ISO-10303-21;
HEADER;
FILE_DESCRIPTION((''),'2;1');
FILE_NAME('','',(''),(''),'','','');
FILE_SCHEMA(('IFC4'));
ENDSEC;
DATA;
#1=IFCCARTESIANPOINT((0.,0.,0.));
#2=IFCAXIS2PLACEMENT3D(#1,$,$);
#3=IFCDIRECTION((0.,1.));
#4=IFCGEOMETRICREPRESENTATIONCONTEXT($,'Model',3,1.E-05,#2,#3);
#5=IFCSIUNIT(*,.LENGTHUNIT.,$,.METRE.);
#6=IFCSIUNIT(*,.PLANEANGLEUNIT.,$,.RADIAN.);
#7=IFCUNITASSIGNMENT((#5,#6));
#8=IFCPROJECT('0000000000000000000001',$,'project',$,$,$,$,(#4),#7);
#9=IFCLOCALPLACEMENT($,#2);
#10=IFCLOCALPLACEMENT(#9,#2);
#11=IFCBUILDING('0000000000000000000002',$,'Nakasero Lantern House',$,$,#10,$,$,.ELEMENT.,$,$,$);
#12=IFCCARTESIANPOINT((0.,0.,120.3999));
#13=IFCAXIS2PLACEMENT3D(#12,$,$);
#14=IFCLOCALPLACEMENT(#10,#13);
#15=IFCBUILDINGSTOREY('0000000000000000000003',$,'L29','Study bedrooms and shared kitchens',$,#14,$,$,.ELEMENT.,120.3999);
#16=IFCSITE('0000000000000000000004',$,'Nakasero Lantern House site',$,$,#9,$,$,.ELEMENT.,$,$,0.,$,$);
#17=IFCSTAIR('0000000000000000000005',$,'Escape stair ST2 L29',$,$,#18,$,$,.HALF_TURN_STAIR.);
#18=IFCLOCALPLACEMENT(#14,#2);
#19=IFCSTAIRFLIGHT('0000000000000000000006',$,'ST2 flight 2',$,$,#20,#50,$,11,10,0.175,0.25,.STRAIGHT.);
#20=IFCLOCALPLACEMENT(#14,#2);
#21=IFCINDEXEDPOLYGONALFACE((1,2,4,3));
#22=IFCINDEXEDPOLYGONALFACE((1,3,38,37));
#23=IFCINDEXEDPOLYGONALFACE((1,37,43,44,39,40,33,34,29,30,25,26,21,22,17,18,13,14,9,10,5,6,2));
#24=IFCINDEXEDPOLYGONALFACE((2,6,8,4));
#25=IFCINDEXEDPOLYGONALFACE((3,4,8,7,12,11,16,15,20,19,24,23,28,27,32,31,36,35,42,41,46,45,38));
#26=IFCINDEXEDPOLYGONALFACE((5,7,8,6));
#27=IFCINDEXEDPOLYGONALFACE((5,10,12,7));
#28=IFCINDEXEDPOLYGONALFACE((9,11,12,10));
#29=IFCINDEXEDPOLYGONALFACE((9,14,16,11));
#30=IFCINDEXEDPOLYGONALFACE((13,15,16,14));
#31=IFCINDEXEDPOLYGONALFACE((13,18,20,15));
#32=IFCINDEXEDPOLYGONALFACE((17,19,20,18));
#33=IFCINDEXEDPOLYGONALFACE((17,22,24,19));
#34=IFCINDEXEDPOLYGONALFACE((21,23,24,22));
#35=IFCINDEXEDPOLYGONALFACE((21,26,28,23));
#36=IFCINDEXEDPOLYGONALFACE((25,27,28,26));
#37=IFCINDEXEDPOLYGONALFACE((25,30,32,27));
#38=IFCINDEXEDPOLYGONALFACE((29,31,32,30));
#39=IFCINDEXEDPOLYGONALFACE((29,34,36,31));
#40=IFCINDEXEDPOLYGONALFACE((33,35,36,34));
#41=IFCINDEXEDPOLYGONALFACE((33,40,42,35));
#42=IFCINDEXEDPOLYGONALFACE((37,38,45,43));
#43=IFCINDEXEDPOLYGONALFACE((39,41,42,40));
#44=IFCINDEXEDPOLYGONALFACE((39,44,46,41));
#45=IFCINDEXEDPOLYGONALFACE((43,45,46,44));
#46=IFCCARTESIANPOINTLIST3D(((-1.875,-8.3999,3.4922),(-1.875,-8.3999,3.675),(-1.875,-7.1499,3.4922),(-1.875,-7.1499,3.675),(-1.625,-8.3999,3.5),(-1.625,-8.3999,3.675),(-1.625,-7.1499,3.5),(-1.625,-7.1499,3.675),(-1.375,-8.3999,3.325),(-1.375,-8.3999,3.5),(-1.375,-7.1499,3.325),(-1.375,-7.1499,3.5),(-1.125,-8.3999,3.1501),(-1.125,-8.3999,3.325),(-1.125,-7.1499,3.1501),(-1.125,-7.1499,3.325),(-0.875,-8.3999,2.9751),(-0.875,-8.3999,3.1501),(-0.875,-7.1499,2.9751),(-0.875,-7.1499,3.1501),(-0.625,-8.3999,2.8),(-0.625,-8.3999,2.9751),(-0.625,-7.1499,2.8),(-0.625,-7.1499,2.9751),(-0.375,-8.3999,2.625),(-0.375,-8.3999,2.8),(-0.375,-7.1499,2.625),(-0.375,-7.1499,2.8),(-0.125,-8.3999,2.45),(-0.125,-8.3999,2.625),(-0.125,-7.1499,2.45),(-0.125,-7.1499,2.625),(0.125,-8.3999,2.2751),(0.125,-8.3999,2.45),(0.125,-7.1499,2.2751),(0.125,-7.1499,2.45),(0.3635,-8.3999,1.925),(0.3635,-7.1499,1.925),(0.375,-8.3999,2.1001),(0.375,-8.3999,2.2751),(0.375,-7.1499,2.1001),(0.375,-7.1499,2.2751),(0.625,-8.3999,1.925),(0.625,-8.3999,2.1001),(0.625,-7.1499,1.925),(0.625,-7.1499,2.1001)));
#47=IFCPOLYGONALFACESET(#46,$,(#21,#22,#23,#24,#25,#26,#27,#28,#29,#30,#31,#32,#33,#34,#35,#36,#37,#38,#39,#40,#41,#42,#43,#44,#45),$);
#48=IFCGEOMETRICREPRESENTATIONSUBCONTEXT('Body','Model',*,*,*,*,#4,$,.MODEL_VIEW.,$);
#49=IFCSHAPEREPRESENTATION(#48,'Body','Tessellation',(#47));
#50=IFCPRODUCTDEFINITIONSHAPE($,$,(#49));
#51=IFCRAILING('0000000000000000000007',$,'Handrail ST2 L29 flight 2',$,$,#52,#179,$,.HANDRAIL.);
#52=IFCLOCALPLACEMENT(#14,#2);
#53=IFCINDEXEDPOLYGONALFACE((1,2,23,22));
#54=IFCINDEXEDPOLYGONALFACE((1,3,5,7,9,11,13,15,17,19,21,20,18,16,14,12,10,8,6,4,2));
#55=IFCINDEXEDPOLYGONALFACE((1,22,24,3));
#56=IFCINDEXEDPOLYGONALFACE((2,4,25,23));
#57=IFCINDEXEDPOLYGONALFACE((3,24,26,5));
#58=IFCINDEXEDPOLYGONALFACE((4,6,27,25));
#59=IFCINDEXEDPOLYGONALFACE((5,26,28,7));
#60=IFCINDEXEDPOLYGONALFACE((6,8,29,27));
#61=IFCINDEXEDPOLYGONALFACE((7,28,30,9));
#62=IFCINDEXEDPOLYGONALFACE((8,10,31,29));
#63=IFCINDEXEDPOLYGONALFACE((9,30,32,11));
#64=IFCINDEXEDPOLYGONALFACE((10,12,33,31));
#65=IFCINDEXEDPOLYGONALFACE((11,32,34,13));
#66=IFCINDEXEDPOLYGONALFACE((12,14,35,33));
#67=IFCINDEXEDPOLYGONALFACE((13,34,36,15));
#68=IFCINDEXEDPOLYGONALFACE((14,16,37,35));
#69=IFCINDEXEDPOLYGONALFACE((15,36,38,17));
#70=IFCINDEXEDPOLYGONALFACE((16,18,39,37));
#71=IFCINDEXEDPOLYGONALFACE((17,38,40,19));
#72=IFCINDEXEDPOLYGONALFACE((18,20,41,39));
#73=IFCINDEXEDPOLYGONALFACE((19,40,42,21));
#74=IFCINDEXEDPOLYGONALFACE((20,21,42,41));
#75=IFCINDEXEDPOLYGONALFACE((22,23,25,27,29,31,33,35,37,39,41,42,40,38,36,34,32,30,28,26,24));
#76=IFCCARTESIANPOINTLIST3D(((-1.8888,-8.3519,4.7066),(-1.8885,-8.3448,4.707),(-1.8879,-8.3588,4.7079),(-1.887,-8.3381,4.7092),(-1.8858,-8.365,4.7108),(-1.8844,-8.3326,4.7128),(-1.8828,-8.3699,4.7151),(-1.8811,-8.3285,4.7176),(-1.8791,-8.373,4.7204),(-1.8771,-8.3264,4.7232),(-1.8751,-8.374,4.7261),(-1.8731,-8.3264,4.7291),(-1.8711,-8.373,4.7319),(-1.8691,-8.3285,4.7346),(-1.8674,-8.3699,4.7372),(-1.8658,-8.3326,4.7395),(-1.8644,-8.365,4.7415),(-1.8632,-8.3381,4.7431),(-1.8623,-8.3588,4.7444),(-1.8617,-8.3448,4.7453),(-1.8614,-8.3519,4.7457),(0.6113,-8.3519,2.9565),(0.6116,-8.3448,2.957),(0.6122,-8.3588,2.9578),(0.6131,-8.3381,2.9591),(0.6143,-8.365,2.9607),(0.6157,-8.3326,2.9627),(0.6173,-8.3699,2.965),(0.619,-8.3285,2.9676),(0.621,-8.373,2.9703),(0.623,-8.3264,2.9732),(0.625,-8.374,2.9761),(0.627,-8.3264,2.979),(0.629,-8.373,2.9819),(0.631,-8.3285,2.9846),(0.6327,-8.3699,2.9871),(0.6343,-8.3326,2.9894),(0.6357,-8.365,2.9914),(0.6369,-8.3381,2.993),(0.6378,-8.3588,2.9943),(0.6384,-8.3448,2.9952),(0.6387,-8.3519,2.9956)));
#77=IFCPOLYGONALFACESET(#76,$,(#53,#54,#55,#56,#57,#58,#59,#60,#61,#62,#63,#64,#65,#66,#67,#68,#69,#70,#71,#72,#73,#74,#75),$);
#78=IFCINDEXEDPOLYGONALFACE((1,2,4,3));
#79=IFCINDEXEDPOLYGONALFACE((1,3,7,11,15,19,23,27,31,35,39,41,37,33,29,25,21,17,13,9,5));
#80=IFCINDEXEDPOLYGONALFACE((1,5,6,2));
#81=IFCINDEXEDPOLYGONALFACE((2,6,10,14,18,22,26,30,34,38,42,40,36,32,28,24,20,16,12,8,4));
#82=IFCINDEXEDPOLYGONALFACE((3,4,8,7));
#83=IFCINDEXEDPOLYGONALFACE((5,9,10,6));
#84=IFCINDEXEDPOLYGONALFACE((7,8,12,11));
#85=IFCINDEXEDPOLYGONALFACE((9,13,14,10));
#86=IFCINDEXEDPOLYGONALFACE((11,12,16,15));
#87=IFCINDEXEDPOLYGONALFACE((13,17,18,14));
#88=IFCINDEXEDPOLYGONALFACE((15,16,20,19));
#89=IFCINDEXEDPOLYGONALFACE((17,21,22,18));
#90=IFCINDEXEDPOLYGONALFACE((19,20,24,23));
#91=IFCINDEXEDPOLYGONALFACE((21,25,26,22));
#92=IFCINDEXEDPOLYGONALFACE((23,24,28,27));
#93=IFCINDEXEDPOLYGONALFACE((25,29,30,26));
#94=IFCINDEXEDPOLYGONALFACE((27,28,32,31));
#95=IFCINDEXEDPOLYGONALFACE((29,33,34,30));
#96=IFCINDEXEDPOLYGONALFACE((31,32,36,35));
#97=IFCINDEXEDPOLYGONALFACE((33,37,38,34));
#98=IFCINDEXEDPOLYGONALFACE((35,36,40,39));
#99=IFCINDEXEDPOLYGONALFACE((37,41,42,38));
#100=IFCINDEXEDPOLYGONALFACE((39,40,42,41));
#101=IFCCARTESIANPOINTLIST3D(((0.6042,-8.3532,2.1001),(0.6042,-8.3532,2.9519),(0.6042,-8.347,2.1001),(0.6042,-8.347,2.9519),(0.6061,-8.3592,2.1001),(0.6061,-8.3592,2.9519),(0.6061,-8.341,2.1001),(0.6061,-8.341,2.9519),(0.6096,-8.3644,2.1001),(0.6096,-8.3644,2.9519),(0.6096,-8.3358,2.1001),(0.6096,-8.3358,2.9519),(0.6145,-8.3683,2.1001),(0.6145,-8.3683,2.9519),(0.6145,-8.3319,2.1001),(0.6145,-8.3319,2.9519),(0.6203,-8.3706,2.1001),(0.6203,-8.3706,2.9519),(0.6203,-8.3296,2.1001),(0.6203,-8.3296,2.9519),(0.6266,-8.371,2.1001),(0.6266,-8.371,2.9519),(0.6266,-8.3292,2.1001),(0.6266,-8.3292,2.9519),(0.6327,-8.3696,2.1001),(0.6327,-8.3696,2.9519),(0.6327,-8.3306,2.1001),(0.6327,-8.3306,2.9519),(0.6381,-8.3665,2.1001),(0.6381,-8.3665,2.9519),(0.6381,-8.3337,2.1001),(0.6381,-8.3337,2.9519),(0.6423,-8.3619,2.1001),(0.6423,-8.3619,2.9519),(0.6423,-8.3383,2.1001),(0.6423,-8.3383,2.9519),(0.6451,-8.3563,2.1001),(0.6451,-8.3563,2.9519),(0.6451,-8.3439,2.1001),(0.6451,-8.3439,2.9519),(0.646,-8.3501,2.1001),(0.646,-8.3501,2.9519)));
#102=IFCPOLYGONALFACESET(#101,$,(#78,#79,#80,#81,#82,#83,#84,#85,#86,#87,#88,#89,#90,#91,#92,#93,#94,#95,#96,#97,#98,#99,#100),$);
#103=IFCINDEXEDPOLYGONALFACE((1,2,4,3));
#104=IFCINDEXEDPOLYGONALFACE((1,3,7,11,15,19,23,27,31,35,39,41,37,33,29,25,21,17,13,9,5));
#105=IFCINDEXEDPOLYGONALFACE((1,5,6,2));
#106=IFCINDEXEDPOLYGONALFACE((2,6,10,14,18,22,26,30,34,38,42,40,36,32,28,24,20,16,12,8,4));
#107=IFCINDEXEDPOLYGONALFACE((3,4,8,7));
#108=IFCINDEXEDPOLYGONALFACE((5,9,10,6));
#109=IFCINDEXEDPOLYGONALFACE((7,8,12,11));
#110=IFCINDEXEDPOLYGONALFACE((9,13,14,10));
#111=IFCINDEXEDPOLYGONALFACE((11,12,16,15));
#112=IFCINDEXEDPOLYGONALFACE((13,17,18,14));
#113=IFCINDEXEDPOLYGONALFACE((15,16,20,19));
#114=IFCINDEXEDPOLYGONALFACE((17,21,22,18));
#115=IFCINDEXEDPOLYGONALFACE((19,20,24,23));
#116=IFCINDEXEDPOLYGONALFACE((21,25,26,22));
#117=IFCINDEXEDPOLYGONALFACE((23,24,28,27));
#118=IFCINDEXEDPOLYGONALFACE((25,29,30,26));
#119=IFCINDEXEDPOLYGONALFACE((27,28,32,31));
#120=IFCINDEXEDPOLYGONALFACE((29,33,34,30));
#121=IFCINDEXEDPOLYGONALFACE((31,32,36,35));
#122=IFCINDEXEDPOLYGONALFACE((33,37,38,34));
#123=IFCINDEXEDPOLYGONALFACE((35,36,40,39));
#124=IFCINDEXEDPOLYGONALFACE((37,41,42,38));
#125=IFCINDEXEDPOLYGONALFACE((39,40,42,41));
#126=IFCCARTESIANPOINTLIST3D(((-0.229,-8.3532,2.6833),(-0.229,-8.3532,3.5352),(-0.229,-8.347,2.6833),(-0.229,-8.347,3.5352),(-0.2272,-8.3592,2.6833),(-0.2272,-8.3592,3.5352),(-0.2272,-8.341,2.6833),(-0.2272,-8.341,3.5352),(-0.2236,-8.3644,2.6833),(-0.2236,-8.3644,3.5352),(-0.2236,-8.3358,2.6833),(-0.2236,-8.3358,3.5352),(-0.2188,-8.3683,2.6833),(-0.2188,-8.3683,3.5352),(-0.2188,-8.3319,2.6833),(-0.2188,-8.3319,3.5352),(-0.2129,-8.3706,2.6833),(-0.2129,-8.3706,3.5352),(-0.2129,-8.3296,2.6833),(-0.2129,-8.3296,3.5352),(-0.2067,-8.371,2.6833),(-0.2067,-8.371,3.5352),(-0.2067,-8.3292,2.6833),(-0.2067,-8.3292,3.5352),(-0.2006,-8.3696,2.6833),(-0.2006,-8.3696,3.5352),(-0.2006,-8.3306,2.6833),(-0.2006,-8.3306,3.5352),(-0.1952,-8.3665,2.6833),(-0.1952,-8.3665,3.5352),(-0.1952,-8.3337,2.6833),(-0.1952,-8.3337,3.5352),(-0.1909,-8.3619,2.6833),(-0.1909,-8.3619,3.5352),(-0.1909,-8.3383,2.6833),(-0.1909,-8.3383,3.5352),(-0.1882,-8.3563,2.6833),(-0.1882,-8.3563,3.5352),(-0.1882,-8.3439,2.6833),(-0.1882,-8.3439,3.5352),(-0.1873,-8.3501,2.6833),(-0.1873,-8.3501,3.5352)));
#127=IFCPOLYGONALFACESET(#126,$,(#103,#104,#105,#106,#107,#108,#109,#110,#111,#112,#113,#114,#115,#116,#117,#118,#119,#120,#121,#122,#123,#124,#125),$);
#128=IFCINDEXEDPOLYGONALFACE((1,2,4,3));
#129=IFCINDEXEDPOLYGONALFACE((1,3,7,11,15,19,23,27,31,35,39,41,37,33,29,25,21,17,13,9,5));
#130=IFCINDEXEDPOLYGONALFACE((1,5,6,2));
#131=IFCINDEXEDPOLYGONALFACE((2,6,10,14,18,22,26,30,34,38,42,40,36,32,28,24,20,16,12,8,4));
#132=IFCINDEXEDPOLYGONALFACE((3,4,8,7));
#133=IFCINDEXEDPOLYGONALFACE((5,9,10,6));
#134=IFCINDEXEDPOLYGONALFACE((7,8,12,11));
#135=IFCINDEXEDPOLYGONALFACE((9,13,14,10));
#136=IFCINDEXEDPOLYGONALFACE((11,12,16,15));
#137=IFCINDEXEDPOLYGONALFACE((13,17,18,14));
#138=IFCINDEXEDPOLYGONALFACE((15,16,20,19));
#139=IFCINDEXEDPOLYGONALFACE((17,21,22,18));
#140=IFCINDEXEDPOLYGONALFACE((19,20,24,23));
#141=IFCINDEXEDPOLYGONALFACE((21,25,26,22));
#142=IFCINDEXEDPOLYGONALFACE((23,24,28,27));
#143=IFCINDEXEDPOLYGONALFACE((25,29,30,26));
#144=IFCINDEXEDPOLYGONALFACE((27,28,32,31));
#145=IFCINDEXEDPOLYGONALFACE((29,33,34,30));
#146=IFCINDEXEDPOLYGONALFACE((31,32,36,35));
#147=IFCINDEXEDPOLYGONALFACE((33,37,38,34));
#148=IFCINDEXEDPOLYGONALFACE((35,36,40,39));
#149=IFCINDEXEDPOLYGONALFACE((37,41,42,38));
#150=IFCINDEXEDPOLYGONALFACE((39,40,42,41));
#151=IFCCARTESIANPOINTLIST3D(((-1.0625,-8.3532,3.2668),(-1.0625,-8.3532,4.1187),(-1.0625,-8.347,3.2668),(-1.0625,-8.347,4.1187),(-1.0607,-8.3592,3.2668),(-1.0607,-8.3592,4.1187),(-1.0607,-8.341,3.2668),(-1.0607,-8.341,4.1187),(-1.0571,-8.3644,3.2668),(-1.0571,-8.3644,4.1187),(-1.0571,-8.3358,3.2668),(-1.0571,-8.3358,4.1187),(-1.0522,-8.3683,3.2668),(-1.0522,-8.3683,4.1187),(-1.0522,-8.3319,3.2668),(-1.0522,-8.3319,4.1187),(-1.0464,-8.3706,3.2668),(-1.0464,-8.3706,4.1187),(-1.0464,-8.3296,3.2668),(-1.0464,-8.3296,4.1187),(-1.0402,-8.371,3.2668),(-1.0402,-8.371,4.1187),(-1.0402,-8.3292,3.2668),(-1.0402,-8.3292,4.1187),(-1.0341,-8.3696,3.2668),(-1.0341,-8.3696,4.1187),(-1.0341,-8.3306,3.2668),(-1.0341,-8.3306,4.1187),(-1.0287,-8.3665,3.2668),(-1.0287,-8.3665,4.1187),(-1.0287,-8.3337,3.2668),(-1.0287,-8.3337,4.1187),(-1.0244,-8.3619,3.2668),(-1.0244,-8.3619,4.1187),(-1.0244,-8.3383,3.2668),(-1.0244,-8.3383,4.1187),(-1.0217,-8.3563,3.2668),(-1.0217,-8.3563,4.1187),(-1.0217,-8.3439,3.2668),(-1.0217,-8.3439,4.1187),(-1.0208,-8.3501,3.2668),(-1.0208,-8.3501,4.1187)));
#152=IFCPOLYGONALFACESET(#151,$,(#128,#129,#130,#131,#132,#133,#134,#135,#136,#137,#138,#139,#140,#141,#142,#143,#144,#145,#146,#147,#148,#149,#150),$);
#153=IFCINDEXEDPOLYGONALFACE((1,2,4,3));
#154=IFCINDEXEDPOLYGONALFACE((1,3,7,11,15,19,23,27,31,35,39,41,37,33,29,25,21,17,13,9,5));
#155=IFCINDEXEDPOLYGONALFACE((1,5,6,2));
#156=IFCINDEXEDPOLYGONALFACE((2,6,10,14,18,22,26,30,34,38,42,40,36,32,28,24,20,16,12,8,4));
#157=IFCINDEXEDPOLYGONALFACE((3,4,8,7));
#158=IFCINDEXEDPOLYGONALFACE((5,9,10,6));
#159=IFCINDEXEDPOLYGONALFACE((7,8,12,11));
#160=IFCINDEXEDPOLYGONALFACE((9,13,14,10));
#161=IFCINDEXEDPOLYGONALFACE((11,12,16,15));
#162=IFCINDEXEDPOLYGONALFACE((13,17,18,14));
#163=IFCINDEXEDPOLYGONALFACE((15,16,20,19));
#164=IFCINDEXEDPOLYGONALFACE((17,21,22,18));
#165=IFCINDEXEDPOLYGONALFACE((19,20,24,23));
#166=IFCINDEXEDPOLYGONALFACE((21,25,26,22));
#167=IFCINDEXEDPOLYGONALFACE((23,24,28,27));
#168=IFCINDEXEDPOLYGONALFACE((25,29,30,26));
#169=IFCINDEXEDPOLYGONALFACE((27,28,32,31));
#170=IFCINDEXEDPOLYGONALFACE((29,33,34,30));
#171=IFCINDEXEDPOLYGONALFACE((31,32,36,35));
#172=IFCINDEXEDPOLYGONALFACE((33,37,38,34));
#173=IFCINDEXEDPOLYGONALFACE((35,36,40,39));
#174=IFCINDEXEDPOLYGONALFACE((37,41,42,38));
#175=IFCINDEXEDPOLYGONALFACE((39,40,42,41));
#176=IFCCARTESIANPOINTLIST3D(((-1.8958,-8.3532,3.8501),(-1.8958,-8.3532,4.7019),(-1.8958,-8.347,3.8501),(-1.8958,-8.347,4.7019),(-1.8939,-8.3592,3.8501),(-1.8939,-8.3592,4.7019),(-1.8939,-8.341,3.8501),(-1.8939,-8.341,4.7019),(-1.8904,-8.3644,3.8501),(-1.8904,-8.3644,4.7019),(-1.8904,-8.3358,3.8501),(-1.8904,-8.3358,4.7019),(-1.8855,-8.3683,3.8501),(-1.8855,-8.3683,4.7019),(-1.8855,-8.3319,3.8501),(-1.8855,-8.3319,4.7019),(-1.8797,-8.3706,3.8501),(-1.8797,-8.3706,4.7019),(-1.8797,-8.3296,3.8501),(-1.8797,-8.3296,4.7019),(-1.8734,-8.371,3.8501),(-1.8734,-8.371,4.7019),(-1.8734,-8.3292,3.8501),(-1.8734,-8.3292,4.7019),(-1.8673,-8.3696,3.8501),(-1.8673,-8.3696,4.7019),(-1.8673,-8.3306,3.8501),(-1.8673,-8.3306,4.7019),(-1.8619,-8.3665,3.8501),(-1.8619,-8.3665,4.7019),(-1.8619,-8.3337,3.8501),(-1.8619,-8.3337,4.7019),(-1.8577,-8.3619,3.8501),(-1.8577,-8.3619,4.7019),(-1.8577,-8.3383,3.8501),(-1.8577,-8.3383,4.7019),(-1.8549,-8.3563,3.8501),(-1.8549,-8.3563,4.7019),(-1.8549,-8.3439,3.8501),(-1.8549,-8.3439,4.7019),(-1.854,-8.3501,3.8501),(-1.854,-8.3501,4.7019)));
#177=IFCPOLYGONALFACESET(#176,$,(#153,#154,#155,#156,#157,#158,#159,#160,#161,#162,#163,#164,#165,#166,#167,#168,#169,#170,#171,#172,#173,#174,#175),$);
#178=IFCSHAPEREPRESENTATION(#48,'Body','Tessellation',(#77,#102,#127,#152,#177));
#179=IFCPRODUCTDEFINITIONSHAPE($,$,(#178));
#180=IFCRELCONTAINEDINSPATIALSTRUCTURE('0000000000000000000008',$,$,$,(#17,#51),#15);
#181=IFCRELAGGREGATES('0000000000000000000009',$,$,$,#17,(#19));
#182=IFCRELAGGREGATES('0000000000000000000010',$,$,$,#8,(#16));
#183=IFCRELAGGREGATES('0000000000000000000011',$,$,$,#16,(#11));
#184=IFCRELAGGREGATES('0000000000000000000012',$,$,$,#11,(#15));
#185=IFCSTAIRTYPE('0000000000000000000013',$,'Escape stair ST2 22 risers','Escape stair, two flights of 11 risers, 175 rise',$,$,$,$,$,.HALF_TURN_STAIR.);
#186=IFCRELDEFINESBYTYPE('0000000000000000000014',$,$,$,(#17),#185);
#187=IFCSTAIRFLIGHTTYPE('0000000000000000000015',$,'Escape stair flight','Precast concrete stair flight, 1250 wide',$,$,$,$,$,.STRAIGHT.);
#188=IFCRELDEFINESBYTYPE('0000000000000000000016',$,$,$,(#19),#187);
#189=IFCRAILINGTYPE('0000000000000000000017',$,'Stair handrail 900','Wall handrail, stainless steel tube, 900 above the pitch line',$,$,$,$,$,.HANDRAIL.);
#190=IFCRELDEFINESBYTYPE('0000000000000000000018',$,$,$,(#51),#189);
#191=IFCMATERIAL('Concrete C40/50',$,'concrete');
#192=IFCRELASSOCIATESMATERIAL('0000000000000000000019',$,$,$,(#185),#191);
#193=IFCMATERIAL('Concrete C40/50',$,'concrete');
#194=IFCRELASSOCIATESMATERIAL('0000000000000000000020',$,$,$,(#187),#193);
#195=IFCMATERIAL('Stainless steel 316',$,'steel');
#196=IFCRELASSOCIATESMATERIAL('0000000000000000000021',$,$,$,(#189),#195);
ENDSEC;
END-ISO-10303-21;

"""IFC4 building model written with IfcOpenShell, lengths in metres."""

from ifc_helpers import new_model, si_unit, direction, frame, origin, origin_2d, place, context, subcontext, project, spatial, polyline, circle, outline, extrude, material, type_object, element, aggregate, save


model = new_model("IFC4")

# Units and contexts
model_context = context("Model", 3, precision=1e-05, world=origin(), true_north=direction((0.0, 1.0)))
body_context = subcontext(model_context, "Body", "Model", "MODEL_VIEW")
ifc_project = project(units=[si_unit("LENGTHUNIT", "METRE"), si_unit("PLANEANGLEUNIT", "RADIAN")], contexts=[model_context])

# Site, building, storey
site_placement = place(None, origin())
site = spatial("IfcSite", under=ifc_project, at=site_placement, Name="Nakasero Lantern House site", CompositionType="ELEMENT", RefElevation=0.0)
building_placement = place(site_placement, origin())
building = spatial("IfcBuilding", under=site, at=building_placement, Name="Nakasero Lantern House", CompositionType="ELEMENT")
storey_placement = place(building_placement, frame((0.0, 0.0, 120.3999)))
storey = spatial("IfcBuildingStorey", under=building, at=storey_placement, Name="L29", Description="Study bedrooms and shared kitchens", CompositionType="ELEMENT", Elevation=120.3999)

# Stair, stair flight
ifc_material_1 = material(Name="Concrete C40/50", Category="concrete")
stair_type = type_object("IfcStairType", Name="Escape stair ST2 22 risers", Description="Escape stair, two flights of 11 risers, 175 rise", PredefinedType="HALF_TURN_STAIR", material=ifc_material_1)
stair_placement = place(storey_placement, origin())
stair = element("IfcStair", 1, at=stair_placement, inside=storey, type_object=stair_type, Name="Escape stair ST2 L29", PredefinedType="HALF_TURN_STAIR")
ifc_material_2 = material(Name="Concrete C40/50", Category="concrete")
stair_flight_type = type_object("IfcStairFlightType", Name="Escape stair flight", Description="Precast concrete stair flight, 1250 wide", PredefinedType="STRAIGHT", material=ifc_material_2)
stair_flight_placement = place(storey_placement, frame((0.625, -7.7749, 1.925), z_axis=(0.0, 0.0, 1.0), x_axis=(-1.0, 0.0, 0.0)))
stair_flight = element("IfcStairFlight", 2, at=stair_flight_placement, type_object=stair_flight_type, Name="ST2 flight 2", NumberOfRisers=11, NumberOfTreads=10, PredefinedType="STRAIGHT", RiserHeight=0.175, TreadLength=0.25, context=body_context, shape_type="SweptSolid", body=[
    extrude(outline(polyline([(0.0, 0.0), (0.0, 0.175), (0.25, 0.175), (0.25, 0.3501), (0.5, 0.3501), (0.5, 0.5249), (0.75, 0.5249), (0.75, 0.7), (1.0, 0.7), (1.0, 0.875), (1.25, 0.875), (1.25, 1.05), (1.5, 1.05), (1.5, 1.2251), (1.75, 1.2251), (1.75, 1.3999), (2.0, 1.3999), (2.0, 1.575), (2.25, 1.575), (2.25, 1.75), (2.5, 1.75), (2.5, 1.925), (2.5, 1.5671), (0.2615, 0.0), (0.0, 0.0)])), frame((0.0, 0.625, 0.0), z_axis=(0.0, -1.0, 0.0), x_axis=(1.0, 0.0, 0.0)), (0.0, 0.0, 1.0), 1.25),
])
aggregate(stair, [stair_flight])

# Railing
ifc_material_3 = material(Name="Stainless steel 316", Category="steel")
railing_type = type_object("IfcRailingType", Name="Stair handrail 900", Description="Wall handrail, stainless steel tube, 900 above the pitch line", PredefinedType="HANDRAIL", material=ifc_material_3)
railing_placement = place(storey_placement, frame((0.625, -8.3501, 2.1001)))
element("IfcRailing", 3, at=railing_placement, inside=storey, type_object=railing_type, Name="Handrail ST2 L29 flight 2", PredefinedType="HANDRAIL", context=body_context, shape_type="SweptSolid", body=[
    extrude(circle(Radius=0.0239, at=origin_2d()), frame((0.0, 0.0, 0.876), z_axis=(-0.819232, 0.0, 0.573462), x_axis=(0.0, -1.0, 0.0)), (0.0, 0.0, 1.0), 3.0518),
    extrude(circle(Radius=0.021, at=origin_2d()), origin(), (0.0, 0.0, 1.0), 0.8518),
    extrude(circle(Radius=0.021, at=origin_2d()), frame((-0.8333, 0.0, 0.5833)), (0.0, 0.0, 1.0), 0.8518),
    extrude(circle(Radius=0.021, at=origin_2d()), frame((-1.6667, 0.0, 1.1667)), (0.0, 0.0, 1.0), 0.8518),
    extrude(circle(Radius=0.021, at=origin_2d()), frame((-2.5, 0.0, 1.75)), (0.0, 0.0, 1.0), 0.8518),
])

save(model, "model.ifc")
